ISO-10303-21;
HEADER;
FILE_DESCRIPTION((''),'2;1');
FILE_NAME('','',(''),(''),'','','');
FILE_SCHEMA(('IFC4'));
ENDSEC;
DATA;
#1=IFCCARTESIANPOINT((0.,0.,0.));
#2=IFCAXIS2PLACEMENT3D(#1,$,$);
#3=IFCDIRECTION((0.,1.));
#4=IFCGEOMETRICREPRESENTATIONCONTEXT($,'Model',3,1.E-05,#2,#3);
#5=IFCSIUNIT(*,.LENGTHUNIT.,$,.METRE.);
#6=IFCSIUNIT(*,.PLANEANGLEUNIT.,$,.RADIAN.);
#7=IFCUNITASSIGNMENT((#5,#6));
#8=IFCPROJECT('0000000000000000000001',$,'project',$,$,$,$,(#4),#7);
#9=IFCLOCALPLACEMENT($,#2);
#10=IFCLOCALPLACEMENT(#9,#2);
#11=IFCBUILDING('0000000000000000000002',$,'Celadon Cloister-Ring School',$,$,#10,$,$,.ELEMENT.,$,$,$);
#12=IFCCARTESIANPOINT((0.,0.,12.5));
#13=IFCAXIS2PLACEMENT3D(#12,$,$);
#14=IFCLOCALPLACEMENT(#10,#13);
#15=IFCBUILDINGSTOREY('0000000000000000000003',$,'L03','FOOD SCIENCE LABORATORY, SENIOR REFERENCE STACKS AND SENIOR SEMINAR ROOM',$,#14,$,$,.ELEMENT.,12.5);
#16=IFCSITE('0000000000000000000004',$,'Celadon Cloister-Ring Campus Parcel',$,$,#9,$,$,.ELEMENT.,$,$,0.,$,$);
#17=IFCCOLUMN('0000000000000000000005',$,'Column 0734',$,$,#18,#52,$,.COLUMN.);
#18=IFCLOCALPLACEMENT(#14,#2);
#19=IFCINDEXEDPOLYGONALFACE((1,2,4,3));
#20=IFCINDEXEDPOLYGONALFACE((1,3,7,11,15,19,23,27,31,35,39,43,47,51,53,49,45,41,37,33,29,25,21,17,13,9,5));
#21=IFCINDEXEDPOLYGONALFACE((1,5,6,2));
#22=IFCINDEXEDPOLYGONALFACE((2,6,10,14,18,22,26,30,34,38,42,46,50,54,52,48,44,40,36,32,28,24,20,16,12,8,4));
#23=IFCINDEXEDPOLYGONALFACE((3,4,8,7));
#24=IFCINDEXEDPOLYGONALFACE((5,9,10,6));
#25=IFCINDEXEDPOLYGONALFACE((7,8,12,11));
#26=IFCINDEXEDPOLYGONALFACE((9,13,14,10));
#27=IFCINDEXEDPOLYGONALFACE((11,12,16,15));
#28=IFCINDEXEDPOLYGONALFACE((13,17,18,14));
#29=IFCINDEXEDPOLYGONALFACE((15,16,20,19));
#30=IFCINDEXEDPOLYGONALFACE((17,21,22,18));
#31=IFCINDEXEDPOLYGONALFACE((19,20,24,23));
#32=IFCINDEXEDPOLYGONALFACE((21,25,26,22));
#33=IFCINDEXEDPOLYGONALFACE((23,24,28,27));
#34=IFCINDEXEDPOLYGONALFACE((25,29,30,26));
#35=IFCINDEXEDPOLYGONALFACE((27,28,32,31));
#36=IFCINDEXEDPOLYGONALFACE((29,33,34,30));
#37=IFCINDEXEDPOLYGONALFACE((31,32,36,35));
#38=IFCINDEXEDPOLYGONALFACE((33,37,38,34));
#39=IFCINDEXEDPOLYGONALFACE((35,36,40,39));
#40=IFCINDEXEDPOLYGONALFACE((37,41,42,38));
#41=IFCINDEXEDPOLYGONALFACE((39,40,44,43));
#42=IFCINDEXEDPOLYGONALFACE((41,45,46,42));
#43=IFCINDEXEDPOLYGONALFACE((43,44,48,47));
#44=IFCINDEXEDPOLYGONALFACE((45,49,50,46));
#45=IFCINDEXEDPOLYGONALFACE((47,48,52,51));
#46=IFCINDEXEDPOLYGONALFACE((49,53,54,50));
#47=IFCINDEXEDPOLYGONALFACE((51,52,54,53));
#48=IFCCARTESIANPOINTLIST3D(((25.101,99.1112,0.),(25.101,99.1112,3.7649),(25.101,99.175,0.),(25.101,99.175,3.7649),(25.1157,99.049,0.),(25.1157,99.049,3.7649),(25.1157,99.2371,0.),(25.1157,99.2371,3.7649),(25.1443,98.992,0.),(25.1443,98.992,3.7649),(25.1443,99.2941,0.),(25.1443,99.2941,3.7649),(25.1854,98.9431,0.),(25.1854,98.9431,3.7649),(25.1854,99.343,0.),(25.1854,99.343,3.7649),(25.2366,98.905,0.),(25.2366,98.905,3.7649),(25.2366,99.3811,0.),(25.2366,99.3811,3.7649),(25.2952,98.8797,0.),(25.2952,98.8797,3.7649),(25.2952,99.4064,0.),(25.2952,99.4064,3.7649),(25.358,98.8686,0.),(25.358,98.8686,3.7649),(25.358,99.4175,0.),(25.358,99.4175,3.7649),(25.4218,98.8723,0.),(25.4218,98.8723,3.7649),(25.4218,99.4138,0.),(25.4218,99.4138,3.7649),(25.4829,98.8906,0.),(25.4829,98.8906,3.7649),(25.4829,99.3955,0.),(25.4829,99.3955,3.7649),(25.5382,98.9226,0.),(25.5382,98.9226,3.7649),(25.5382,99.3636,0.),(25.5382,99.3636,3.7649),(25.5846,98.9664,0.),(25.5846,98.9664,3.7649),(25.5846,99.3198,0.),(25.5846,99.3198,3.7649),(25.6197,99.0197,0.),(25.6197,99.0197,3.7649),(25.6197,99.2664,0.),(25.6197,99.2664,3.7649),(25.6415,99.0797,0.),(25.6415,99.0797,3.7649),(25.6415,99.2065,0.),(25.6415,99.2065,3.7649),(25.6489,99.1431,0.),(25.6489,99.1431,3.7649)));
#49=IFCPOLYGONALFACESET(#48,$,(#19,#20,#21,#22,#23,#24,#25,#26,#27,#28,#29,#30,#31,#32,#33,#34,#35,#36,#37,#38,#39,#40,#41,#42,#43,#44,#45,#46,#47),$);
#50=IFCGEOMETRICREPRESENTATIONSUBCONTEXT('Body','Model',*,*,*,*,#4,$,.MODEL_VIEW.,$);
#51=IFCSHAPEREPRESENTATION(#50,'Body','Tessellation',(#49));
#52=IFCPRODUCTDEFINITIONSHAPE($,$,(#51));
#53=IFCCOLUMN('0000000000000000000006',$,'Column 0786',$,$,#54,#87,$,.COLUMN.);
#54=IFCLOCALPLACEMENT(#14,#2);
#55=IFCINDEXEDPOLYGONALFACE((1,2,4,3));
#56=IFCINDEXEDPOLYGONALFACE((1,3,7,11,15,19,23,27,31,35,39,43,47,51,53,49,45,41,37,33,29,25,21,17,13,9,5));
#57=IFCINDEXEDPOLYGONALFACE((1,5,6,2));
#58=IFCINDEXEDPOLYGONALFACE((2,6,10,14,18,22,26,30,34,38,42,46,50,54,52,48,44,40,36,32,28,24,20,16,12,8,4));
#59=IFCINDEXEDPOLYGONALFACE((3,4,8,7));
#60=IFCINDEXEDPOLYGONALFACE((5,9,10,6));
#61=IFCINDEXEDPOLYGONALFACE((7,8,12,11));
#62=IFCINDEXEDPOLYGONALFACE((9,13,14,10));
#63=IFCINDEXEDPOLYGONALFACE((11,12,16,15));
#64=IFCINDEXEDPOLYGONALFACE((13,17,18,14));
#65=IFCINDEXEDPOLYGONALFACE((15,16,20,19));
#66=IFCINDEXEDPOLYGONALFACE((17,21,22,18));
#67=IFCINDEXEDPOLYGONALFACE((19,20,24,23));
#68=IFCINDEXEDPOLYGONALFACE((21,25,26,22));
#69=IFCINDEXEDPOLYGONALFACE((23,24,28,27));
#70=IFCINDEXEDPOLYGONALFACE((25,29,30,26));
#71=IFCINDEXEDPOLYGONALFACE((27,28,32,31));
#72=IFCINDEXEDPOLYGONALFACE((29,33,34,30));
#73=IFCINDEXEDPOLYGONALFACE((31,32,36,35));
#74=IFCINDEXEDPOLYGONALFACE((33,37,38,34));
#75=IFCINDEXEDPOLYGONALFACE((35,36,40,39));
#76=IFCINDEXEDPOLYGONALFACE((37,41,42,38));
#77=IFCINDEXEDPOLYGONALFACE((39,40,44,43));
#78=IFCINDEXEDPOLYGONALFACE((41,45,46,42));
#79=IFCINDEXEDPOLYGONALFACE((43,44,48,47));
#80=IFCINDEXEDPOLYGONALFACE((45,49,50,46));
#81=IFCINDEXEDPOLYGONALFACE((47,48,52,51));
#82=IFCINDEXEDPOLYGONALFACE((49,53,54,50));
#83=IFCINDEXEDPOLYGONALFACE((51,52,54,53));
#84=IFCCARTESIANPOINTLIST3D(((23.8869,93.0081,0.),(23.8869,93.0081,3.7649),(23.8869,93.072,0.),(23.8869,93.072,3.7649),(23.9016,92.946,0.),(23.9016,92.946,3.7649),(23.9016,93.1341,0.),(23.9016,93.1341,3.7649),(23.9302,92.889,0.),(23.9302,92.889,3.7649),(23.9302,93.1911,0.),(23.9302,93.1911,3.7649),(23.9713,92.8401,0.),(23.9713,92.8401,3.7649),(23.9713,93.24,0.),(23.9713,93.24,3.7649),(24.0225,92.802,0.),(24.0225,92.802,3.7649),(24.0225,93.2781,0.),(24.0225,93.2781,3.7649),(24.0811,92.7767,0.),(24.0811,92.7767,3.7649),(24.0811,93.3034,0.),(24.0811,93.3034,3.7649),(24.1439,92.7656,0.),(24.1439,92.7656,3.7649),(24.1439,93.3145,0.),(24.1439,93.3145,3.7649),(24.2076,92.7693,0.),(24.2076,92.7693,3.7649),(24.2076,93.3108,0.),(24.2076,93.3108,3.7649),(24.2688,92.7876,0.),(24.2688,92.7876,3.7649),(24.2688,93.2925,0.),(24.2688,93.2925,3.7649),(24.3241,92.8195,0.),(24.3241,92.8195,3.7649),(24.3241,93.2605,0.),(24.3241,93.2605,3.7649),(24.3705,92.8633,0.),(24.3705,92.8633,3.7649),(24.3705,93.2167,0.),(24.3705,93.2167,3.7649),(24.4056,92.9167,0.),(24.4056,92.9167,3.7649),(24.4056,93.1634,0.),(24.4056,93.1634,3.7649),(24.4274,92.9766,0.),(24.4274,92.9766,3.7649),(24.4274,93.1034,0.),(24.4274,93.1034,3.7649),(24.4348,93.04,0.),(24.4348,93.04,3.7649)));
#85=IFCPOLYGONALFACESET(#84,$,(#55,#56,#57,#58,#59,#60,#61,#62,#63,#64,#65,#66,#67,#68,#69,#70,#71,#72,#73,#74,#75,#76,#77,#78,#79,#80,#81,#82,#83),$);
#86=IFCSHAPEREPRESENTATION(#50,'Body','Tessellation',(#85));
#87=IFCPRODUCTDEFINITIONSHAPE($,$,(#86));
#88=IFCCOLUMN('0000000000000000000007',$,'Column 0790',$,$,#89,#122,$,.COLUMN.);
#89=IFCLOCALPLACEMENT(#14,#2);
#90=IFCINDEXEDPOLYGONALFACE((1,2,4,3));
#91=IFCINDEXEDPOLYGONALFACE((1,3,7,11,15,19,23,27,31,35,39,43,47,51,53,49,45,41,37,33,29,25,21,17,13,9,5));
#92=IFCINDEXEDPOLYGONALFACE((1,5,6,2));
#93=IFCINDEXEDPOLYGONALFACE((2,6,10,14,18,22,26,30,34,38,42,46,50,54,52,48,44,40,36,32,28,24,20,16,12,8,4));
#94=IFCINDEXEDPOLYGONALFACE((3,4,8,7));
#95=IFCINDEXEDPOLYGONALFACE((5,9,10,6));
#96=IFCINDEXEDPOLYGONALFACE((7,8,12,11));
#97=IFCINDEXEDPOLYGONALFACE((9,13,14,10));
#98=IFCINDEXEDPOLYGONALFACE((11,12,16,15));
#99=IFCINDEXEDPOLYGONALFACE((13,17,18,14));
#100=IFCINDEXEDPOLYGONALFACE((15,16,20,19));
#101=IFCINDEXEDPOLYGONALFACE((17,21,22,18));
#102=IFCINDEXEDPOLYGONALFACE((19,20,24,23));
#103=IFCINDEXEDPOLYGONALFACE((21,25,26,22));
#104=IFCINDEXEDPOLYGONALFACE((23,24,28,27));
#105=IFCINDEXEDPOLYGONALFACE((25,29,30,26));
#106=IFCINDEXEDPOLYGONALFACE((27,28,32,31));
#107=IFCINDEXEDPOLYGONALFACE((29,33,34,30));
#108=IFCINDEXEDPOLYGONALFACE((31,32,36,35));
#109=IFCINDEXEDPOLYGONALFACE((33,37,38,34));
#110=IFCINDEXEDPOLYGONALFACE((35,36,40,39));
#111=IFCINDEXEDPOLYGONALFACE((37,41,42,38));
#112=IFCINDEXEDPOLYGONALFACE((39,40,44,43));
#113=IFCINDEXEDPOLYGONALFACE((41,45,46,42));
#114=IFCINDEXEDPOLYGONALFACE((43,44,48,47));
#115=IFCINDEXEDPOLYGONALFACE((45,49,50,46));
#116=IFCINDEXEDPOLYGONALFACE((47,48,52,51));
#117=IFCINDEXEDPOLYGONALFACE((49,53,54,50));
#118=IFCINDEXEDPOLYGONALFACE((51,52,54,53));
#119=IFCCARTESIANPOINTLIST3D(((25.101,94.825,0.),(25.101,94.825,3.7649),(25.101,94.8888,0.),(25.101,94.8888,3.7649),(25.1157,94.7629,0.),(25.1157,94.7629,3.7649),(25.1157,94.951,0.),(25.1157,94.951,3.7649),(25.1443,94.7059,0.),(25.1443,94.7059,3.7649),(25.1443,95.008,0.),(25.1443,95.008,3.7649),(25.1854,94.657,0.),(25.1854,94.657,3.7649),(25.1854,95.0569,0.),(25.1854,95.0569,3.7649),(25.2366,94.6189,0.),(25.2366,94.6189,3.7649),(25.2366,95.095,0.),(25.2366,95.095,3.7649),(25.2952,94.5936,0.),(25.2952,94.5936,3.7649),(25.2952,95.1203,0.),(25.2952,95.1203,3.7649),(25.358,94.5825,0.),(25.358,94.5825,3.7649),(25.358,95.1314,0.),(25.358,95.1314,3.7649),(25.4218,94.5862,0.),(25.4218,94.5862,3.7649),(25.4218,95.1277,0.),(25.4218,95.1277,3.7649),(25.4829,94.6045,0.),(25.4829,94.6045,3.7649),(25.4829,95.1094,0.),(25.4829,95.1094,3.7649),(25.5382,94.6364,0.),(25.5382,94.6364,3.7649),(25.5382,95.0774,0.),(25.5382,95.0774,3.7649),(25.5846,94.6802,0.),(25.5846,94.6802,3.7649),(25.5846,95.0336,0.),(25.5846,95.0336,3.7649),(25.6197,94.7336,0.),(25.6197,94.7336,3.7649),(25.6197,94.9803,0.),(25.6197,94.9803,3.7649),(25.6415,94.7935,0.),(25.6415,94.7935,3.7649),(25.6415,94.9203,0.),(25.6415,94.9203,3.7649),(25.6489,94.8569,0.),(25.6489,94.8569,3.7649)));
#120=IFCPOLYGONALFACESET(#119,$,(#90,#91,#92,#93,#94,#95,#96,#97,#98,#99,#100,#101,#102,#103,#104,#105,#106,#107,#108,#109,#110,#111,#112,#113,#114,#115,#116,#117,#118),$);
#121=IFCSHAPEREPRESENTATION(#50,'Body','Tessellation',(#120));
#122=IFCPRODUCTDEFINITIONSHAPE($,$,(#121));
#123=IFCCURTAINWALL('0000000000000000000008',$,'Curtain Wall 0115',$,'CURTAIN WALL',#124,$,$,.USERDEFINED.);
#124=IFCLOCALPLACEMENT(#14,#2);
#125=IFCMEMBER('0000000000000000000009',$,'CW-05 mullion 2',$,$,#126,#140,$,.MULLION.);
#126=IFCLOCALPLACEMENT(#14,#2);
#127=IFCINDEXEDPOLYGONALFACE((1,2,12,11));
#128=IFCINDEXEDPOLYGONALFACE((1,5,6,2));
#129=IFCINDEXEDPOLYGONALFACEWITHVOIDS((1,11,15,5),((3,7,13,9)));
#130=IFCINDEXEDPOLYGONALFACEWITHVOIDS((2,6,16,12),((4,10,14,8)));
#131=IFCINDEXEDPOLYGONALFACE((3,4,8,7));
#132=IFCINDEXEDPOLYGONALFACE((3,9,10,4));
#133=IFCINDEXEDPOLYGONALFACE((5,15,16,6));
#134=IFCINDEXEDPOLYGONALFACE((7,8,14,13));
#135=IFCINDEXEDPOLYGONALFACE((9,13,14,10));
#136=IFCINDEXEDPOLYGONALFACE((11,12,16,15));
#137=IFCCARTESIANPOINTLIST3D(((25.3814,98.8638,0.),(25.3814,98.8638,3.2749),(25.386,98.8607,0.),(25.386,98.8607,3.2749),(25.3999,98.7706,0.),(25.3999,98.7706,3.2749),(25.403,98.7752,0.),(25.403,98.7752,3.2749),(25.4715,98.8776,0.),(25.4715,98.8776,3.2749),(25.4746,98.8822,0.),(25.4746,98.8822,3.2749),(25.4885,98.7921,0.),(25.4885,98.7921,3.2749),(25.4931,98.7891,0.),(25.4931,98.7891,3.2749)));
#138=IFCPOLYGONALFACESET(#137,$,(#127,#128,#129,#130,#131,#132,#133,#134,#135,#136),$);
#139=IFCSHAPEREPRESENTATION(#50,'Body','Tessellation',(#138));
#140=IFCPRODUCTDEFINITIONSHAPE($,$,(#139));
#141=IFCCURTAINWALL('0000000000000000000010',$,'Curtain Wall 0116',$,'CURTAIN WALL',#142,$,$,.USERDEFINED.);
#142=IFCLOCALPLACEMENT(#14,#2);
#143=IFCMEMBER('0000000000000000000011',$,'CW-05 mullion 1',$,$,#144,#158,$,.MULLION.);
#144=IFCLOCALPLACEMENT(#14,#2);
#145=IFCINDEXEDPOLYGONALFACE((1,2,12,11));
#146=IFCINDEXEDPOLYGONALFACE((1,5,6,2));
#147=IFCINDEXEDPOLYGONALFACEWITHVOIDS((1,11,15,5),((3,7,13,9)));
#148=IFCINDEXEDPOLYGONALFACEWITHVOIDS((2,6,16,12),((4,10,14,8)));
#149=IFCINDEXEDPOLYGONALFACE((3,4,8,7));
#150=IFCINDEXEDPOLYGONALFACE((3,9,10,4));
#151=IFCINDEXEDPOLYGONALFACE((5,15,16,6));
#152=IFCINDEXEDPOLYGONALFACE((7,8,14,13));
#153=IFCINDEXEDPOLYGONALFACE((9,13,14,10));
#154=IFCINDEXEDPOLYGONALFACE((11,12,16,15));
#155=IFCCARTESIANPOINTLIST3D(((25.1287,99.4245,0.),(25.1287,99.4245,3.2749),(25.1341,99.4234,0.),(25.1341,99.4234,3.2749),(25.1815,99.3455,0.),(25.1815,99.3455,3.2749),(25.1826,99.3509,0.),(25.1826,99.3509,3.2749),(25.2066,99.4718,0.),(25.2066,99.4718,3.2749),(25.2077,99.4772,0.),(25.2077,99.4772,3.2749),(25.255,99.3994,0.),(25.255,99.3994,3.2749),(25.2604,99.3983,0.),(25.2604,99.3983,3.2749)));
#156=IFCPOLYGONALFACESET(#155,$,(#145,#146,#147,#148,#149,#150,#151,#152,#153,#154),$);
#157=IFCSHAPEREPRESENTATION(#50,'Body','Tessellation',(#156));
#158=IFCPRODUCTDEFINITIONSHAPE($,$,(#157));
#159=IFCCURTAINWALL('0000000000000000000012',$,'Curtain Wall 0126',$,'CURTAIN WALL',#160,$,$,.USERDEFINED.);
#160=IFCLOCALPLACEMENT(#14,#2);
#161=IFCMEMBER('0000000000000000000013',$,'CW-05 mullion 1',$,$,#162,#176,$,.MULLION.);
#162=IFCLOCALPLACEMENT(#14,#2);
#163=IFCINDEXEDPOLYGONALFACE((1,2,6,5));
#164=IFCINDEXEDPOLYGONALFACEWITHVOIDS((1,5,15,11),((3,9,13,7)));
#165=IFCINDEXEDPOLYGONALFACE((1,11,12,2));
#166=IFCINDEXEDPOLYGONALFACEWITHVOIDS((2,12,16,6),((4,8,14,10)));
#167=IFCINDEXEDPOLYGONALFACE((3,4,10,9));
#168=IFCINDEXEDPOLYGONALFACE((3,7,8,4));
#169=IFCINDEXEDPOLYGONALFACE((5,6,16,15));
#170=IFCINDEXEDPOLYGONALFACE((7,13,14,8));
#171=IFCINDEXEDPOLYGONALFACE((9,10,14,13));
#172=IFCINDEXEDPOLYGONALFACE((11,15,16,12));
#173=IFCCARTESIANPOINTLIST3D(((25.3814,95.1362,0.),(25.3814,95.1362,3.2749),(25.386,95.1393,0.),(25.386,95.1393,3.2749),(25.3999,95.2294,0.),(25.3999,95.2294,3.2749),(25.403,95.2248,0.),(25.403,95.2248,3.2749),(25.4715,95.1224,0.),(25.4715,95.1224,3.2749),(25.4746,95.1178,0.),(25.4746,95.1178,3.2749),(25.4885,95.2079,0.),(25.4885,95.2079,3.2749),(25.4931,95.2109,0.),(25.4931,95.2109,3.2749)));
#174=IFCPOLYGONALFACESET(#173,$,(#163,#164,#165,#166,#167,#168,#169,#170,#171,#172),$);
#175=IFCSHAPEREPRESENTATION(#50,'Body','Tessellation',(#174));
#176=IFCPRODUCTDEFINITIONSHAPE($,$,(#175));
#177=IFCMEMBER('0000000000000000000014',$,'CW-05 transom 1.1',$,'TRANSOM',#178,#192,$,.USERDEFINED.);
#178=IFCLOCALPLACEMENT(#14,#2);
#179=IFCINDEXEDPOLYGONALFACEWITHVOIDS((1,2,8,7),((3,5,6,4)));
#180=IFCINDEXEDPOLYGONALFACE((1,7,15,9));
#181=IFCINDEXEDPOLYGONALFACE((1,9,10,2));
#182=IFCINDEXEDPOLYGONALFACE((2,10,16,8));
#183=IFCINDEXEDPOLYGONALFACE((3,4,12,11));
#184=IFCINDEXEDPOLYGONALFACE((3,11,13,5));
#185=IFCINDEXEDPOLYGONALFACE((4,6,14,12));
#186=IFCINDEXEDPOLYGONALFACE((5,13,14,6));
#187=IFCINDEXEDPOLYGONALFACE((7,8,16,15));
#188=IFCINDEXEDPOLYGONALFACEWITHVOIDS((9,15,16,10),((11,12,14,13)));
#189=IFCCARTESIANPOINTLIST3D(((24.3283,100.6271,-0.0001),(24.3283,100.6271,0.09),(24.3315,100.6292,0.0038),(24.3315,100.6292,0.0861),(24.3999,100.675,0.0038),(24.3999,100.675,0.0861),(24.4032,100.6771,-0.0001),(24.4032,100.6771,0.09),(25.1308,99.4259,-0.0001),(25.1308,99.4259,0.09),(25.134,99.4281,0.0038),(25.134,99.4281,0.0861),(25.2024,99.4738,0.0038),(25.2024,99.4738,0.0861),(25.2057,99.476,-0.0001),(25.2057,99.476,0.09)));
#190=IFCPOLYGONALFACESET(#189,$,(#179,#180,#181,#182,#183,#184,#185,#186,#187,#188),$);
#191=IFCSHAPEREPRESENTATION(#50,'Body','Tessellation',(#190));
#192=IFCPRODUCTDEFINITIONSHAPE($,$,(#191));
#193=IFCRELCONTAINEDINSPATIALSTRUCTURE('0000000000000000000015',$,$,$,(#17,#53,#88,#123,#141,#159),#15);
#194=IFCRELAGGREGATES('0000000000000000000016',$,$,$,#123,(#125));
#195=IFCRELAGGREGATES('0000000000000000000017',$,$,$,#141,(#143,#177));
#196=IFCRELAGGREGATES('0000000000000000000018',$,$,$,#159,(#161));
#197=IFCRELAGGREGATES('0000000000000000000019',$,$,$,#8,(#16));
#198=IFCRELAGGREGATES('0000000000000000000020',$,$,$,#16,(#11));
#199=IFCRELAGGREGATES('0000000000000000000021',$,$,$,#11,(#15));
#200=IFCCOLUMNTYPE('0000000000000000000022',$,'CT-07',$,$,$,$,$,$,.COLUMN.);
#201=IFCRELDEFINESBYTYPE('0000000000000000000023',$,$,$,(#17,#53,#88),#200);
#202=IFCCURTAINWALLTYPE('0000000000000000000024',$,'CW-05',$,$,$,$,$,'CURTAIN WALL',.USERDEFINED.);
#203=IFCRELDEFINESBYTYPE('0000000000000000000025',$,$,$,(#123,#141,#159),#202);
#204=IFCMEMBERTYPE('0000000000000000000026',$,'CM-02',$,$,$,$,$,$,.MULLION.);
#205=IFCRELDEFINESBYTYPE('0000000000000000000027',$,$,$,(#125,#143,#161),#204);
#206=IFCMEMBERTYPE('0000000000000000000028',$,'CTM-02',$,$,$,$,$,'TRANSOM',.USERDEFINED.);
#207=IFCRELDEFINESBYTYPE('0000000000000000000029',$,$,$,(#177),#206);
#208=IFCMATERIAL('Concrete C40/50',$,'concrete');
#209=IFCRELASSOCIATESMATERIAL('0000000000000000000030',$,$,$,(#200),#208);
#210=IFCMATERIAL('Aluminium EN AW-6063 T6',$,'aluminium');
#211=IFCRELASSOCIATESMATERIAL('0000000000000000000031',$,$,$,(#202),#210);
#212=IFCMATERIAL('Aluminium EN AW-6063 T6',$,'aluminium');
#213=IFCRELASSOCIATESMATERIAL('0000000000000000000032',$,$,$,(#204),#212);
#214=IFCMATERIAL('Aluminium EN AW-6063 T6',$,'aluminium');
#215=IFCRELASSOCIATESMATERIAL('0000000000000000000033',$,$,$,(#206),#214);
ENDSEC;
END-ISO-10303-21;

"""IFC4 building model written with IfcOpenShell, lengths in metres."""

from ifc_helpers import new_model, si_unit, direction, frame, origin, origin_2d, place, context, subcontext, project, spatial, hollow_rectangle, circle, extrude, material, material_profile, profile_set, type_object, element, aggregate, save


model = new_model("IFC4")

# Units and contexts
model_context = context("Model", 3, precision=1e-05, world=origin(), true_north=direction((0.0, 1.0)))
body_context = subcontext(model_context, "Body", "Model", "MODEL_VIEW")
ifc_project = project(units=[si_unit("LENGTHUNIT", "METRE"), si_unit("PLANEANGLEUNIT", "RADIAN")], contexts=[model_context])

# Site, building, storey
site_placement = place(None, origin())
site = spatial("IfcSite", under=ifc_project, at=site_placement, Name="Celadon Cloister-Ring Campus Parcel", CompositionType="ELEMENT", RefElevation=0.0)
building_placement = place(site_placement, origin())
building = spatial("IfcBuilding", under=site, at=building_placement, Name="Celadon Cloister-Ring School", CompositionType="ELEMENT")
storey_placement = place(building_placement, frame((0.0, 0.0, 12.5)))
storey = spatial("IfcBuildingStorey", under=building, at=storey_placement, Name="L03", Description="FOOD SCIENCE LABORATORY, SENIOR REFERENCE STACKS AND SENIOR SEMINAR ROOM", CompositionType="ELEMENT", Elevation=12.5)

# Columns
ifc_material_1 = material(Name="Concrete C40/50", Category="concrete")
ifc_material_profile_1 = material_profile(ifc_material_1, circle(Radius=0.2749, at=origin_2d()), Name="CIRC550")
ifc_profile_set_1 = profile_set([ifc_material_profile_1], Name="Concrete C40/50")
column_type = type_object("IfcColumnType", Name="CT-07", PredefinedType="COLUMN", material=ifc_profile_set_1)
for number, where, z_axis, x_axis, name in (
    (1, (25.374, 99.1431, 0.0), (0.0, 0.0, 1.0), (1.0, 0.0, 0.0), "Column 0734"),
    (2, (24.1599, 93.04, 0.0), (0.0, 0.0, 1.0), (1.0, 0.0, 0.0), "Column 0786"),
    (3, (25.374, 94.8569, 0.0), (0.0, 0.0, 1.0), (1.0, 0.0, 0.0), "Column 0790"),
):
    element("IfcColumn", number, at=place(storey_placement, frame(where, z_axis=z_axis, x_axis=x_axis)), inside=storey, type_object=column_type, Name=name, PredefinedType="COLUMN", context=body_context, shape_type="SweptSolid", body=[
        extrude(circle(Radius=0.2749, at=origin_2d()), origin(), (0.0, 0.0, 1.0), 3.7649),
    ])

# Curtain walls, members
ifc_material_2 = material(Name="Aluminium EN AW-6063 T6", Category="aluminium")
curtain_wall_type = type_object("IfcCurtainWallType", Name="CW-05", ElementType="CURTAIN WALL", PredefinedType="USERDEFINED", material=ifc_material_2)
curtain_wall_1_placement = place(storey_placement, origin())
curtain_wall_1 = element("IfcCurtainWall", 4, at=curtain_wall_1_placement, inside=storey, type_object=curtain_wall_type, Name="Curtain Wall 0115", ObjectType="CURTAIN WALL", PredefinedType="USERDEFINED")
ifc_material_3 = material(Name="Aluminium EN AW-6063 T6", Category="aluminium")
ifc_material_profile_2 = material_profile(ifc_material_3, hollow_rectangle(XDim=0.095, YDim=0.095, WallThickness=0.0039, at=origin_2d()), Name="RHS95X95X4")
ifc_profile_set_2 = profile_set([ifc_material_profile_2], Name="Aluminium EN AW-6063 T6")
member_type_1 = type_object("IfcMemberType", Name="CM-02", PredefinedType="MULLION", material=ifc_profile_set_2)
member_1_placement = place(storey_placement, frame((25.4373, 98.8264, 0.0), z_axis=(0.0, 0.0, 1.0), x_axis=(-0.980885, -0.194586, 0.0)))
member_1 = element("IfcMember", 5, at=member_1_placement, type_object=member_type_1, Name="CW-05 mullion 2", PredefinedType="MULLION", context=body_context, shape_type="SweptSolid", body=[
    extrude(hollow_rectangle(XDim=0.095, YDim=0.095, WallThickness=0.0039, at=origin_2d()), origin(), (0.0, 0.0, 1.0), 3.2749),
])
aggregate(curtain_wall_1, [member_1])
curtain_wall_2_placement = place(storey_placement, origin())
curtain_wall_2 = element("IfcCurtainWall", 6, at=curtain_wall_2_placement, inside=storey, type_object=curtain_wall_type, Name="Curtain Wall 0116", ObjectType="CURTAIN WALL", PredefinedType="USERDEFINED")
member_2_placement = place(storey_placement, frame((25.1946, 99.4114, 0.0), z_axis=(0.0, 0.0, 1.0), x_axis=(-0.831485, -0.555547, 0.0)))
member_2 = element("IfcMember", 7, at=member_2_placement, type_object=member_type_1, Name="CW-05 mullion 1", PredefinedType="MULLION", context=body_context, shape_type="SweptSolid", body=[
    extrude(hollow_rectangle(XDim=0.095, YDim=0.095, WallThickness=0.0039, at=origin_2d()), origin(), (0.0, 0.0, 1.0), 3.2749),
])
curtain_wall_3_placement = place(storey_placement, origin())
curtain_wall_3 = element("IfcCurtainWall", 8, at=curtain_wall_3_placement, inside=storey, type_object=curtain_wall_type, Name="Curtain Wall 0126", ObjectType="CURTAIN WALL", PredefinedType="USERDEFINED")
member_3_placement = place(storey_placement, frame((25.4373, 95.1736, 0.0), z_axis=(0.0, 0.0, 1.0), x_axis=(-0.980885, 0.194586, 0.0)))
member_3 = element("IfcMember", 9, at=member_3_placement, type_object=member_type_1, Name="CW-05 mullion 1", PredefinedType="MULLION", context=body_context, shape_type="SweptSolid", body=[
    extrude(hollow_rectangle(XDim=0.095, YDim=0.095, WallThickness=0.0039, at=origin_2d()), origin(), (0.0, 0.0, 1.0), 3.2749),
])

# Member
ifc_material_4 = material(Name="Aluminium EN AW-6063 T6", Category="aluminium")
ifc_material_profile_3 = material_profile(ifc_material_4, hollow_rectangle(XDim=0.0901, YDim=0.0901, WallThickness=0.0039, at=origin_2d()), Name="RHS90X90X4")
ifc_profile_set_3 = profile_set([ifc_material_profile_3], Name="Aluminium EN AW-6063 T6")
member_type_2 = type_object("IfcMemberType", Name="CTM-02", ElementType="TRANSOM", PredefinedType="USERDEFINED", material=ifc_profile_set_3)
member_4_placement = place(storey_placement, frame((25.1682, 99.4509, 0.0449), z_axis=(-0.555519, 0.831504, 0.0), x_axis=(-0.831504, -0.555519, 0.0)))
member_4 = element("IfcMember", 10, at=member_4_placement, type_object=member_type_2, Name="CW-05 transom 1.1", ObjectType="TRANSOM", PredefinedType="USERDEFINED", context=body_context, shape_type="SweptSolid", body=[
    extrude(hollow_rectangle(XDim=0.0901, YDim=0.0901, WallThickness=0.0039, at=origin_2d()), origin(), (0.0, 0.0, 1.0), 1.4446),
])
aggregate(curtain_wall_2, [member_2, member_4])

aggregate(curtain_wall_3, [member_3])

save(model, "model.ifc")
